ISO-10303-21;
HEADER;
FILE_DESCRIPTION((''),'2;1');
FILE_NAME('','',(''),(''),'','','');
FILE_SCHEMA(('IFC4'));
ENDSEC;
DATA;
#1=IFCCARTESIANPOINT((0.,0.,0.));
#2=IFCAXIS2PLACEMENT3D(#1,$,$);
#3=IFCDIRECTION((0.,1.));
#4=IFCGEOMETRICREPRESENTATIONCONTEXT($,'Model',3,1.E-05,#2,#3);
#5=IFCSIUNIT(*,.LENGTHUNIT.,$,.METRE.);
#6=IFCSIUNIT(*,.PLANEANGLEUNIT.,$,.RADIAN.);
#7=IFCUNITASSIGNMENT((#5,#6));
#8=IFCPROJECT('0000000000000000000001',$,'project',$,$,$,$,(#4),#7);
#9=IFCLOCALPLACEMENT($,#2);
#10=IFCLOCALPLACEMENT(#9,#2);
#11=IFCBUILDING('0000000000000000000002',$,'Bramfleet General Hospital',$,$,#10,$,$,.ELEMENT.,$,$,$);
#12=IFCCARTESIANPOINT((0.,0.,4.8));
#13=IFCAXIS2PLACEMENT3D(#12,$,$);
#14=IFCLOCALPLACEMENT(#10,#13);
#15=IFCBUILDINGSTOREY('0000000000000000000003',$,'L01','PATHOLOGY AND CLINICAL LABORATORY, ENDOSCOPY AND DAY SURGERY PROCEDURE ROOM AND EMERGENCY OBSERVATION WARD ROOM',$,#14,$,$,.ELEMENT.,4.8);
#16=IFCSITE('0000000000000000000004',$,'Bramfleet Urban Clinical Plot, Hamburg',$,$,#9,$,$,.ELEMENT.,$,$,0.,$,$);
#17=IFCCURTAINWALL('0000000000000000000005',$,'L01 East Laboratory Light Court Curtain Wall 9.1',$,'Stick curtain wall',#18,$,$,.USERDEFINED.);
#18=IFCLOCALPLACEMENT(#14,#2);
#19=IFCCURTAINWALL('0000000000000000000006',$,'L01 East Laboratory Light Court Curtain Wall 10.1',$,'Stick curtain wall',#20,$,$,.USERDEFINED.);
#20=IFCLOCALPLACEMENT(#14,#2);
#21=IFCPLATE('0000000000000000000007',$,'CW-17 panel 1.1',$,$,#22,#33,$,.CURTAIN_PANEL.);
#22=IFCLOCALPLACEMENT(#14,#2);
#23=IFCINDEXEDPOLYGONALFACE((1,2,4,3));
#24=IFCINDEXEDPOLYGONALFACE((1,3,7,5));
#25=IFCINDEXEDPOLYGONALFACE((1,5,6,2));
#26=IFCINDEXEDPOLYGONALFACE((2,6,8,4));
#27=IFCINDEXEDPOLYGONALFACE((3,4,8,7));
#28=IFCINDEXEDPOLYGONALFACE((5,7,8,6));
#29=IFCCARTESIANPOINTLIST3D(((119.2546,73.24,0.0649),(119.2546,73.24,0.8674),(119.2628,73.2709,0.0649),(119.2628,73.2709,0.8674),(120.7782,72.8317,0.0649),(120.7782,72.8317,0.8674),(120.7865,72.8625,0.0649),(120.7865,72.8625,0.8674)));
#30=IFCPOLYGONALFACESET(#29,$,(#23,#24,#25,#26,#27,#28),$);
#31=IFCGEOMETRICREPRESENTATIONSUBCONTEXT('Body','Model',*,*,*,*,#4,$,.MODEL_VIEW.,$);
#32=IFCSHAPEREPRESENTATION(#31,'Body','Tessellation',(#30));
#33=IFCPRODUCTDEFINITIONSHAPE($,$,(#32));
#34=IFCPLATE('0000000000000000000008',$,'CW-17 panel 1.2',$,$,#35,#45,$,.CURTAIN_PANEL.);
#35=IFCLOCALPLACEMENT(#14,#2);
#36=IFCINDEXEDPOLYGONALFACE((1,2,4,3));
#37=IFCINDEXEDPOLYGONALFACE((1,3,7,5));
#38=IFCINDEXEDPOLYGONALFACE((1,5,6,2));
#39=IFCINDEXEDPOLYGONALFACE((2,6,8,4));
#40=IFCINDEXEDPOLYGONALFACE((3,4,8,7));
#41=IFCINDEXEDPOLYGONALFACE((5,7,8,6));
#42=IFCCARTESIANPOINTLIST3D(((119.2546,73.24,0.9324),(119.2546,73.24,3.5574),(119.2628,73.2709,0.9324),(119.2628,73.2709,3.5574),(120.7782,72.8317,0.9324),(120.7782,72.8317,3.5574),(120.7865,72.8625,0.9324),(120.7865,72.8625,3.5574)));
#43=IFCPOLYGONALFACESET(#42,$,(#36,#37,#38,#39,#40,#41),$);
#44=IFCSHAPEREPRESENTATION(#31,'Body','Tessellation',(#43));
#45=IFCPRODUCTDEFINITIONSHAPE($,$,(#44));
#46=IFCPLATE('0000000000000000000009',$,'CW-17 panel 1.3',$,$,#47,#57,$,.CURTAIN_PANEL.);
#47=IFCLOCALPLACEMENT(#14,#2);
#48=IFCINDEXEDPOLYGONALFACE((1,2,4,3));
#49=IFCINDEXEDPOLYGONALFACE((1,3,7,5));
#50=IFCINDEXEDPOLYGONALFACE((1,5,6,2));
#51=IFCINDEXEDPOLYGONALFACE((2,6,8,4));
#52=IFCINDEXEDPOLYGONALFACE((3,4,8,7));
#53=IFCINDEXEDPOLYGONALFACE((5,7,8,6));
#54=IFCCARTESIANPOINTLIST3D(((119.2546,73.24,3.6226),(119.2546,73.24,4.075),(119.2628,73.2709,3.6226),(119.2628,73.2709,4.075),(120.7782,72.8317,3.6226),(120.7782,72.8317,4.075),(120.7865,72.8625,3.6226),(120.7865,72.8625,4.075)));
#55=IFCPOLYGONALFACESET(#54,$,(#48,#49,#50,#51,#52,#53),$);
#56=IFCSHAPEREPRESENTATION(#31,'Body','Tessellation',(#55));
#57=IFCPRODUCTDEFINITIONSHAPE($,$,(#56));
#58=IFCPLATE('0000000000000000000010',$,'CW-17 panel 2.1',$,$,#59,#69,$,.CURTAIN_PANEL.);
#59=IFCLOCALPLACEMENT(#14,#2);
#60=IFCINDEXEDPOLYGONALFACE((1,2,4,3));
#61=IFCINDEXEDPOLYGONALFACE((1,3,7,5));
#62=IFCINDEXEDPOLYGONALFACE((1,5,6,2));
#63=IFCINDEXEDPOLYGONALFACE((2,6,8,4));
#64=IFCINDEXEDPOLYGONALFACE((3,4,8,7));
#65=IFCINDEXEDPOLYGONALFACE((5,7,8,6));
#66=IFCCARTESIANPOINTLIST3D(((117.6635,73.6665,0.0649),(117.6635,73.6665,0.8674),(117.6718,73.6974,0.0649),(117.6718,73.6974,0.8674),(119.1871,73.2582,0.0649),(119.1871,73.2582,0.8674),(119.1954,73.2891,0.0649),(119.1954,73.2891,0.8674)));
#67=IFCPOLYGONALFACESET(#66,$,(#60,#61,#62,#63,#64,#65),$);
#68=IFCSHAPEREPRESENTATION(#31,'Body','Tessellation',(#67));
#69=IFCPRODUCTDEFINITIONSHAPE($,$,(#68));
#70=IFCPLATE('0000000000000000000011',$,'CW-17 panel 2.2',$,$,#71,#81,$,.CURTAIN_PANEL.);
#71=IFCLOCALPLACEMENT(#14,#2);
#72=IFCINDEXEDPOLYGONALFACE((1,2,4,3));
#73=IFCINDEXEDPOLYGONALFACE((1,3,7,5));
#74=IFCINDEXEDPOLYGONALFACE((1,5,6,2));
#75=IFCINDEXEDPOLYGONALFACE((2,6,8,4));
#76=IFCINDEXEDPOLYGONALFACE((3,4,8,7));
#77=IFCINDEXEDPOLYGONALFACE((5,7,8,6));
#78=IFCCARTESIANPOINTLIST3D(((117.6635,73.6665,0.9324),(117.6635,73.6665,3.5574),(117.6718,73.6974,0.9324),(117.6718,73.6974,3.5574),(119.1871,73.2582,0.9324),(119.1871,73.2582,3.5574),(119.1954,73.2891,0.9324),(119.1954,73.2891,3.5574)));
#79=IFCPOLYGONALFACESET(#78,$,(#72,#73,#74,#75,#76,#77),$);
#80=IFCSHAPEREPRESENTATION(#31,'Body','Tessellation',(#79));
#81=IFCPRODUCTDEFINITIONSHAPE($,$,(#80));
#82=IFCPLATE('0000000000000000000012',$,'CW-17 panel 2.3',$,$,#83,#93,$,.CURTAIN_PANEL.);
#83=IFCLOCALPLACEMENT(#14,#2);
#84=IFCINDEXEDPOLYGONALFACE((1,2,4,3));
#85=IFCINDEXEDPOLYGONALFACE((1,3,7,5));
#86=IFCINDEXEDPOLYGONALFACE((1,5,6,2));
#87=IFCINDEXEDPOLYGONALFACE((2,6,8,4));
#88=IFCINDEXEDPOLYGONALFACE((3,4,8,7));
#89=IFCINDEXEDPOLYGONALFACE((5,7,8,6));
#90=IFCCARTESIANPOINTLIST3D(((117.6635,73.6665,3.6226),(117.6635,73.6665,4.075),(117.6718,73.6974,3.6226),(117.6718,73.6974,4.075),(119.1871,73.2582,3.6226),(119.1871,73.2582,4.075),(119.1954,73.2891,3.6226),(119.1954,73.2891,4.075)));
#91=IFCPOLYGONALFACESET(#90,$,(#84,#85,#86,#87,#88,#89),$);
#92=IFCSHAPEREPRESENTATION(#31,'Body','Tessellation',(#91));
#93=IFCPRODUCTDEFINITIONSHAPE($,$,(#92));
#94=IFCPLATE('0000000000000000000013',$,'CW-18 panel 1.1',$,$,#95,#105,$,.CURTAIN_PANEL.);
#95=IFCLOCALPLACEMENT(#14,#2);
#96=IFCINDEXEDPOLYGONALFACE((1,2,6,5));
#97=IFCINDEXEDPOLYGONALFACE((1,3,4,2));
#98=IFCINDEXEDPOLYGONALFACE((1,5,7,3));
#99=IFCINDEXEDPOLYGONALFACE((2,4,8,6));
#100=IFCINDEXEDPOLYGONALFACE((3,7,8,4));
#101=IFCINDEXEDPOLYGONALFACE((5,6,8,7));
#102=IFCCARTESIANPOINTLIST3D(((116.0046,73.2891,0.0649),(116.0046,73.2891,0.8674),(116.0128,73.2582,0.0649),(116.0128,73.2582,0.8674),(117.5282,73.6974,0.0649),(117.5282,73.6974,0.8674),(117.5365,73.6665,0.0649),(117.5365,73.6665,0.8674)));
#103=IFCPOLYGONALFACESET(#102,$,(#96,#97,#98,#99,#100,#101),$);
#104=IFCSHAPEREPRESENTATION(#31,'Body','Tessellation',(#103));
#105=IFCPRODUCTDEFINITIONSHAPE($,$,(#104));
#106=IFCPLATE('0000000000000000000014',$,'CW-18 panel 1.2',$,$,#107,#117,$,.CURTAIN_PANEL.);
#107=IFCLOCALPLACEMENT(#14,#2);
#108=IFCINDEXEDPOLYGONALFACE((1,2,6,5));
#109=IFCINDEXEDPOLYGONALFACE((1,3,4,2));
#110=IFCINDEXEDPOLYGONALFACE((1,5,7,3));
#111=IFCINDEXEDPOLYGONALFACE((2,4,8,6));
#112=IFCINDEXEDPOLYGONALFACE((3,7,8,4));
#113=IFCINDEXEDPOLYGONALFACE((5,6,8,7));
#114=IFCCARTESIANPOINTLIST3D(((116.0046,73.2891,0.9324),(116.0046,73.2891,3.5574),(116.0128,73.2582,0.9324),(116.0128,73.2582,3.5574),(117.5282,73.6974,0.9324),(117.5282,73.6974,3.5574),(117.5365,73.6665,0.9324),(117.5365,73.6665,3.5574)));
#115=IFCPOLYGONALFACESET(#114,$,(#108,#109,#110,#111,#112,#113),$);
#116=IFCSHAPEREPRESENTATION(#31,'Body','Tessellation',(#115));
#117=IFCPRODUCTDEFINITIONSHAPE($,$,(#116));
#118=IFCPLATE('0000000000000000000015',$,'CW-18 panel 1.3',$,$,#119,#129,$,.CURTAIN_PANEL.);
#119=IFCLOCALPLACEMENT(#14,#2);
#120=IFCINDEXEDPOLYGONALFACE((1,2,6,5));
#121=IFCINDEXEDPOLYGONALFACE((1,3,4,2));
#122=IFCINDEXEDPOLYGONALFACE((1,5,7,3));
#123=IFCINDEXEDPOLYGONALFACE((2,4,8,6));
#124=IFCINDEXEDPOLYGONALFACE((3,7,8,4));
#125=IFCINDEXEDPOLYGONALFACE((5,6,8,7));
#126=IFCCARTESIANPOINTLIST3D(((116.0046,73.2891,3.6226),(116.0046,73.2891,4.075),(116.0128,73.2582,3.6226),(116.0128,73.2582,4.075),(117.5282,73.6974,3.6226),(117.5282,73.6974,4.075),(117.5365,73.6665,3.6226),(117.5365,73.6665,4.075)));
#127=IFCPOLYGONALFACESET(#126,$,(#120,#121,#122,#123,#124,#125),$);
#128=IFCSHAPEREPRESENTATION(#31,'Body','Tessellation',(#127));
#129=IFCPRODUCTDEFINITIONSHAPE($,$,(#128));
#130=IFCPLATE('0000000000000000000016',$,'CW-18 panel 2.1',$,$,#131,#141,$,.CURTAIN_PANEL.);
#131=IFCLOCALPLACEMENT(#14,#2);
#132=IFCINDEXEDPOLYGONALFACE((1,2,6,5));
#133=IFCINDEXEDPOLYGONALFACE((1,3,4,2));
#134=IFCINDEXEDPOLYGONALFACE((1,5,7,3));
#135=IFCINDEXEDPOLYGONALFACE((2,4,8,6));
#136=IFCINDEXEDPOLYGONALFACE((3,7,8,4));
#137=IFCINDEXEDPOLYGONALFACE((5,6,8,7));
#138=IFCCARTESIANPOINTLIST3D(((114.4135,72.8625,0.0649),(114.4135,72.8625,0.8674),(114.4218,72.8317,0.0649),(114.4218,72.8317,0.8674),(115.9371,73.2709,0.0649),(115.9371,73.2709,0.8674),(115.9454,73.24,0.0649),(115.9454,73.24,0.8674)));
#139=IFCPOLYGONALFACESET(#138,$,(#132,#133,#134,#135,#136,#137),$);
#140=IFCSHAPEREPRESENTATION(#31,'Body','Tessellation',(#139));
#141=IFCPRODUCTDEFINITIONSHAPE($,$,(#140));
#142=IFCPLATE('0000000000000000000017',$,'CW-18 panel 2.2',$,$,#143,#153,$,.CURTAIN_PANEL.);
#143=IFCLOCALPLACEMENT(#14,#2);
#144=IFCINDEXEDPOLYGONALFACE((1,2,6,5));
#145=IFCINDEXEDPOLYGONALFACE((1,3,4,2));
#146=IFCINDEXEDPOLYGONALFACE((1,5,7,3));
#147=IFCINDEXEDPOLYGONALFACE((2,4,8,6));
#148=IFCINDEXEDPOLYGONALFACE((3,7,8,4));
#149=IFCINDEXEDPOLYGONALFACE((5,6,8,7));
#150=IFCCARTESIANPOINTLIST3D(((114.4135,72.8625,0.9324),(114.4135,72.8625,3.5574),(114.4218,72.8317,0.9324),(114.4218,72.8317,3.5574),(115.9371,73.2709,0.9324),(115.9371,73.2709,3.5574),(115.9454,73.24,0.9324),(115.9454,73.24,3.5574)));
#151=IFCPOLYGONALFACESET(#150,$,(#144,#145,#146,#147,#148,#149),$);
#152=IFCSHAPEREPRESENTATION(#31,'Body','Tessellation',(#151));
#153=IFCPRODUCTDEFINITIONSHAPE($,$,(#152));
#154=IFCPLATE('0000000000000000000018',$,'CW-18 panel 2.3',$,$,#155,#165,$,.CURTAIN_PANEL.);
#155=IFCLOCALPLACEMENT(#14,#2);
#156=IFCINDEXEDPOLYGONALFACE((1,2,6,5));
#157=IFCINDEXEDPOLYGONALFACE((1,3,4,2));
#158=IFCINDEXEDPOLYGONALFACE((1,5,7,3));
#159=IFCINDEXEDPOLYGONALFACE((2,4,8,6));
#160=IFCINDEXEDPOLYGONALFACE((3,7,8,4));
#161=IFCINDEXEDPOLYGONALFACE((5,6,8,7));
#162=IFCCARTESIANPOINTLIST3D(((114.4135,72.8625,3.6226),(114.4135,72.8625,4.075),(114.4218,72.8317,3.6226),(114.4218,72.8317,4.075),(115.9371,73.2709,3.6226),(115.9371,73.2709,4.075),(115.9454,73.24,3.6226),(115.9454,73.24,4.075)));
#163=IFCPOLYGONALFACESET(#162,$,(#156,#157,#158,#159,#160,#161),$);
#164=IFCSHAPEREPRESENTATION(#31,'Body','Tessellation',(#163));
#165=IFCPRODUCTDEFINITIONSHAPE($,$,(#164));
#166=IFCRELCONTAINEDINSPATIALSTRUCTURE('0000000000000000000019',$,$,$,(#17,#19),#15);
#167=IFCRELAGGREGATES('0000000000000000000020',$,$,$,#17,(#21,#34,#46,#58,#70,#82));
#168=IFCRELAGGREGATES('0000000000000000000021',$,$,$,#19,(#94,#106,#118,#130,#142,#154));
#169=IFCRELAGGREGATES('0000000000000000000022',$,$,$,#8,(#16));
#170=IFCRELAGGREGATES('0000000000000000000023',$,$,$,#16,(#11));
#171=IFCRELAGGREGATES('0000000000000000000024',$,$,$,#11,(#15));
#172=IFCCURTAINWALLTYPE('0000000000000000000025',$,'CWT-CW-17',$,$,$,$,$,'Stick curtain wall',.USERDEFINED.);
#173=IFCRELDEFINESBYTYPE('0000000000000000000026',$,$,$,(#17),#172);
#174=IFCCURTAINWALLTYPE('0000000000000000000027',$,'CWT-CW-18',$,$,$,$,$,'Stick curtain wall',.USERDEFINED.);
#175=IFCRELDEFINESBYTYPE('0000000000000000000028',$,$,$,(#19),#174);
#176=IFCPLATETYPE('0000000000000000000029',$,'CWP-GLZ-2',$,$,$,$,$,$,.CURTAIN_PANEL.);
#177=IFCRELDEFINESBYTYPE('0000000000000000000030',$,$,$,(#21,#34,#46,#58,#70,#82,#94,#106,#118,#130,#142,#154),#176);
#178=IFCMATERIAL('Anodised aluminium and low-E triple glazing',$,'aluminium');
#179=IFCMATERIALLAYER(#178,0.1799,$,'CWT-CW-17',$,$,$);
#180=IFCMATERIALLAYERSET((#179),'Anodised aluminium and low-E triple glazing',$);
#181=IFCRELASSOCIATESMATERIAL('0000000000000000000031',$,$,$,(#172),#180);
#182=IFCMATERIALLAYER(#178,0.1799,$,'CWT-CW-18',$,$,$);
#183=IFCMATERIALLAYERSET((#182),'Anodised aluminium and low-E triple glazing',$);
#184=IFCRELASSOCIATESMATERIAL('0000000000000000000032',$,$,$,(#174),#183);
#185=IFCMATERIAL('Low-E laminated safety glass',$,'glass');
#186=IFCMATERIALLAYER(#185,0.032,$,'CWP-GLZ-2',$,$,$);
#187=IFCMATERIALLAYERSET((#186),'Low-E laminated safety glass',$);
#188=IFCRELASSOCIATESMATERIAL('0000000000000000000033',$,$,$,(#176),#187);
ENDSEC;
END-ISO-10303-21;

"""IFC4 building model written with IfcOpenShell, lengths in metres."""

from ifc_helpers import new_model, si_unit, direction, frame, origin, origin_2d, place, context, subcontext, project, spatial, rectangle, extrude, material, layer, layer_set, type_object, element, aggregate, save


model = new_model("IFC4")

# Units and contexts
model_context = context("Model", 3, precision=1e-05, world=origin(), true_north=direction((0.0, 1.0)))
body_context = subcontext(model_context, "Body", "Model", "MODEL_VIEW")
ifc_project = project(units=[si_unit("LENGTHUNIT", "METRE"), si_unit("PLANEANGLEUNIT", "RADIAN")], contexts=[model_context])

# Site, building, storey
site_placement = place(None, origin())
site = spatial("IfcSite", under=ifc_project, at=site_placement, Name="Bramfleet Urban Clinical Plot, Hamburg", CompositionType="ELEMENT", RefElevation=0.0)
building_placement = place(site_placement, origin())
building = spatial("IfcBuilding", under=site, at=building_placement, Name="Bramfleet General Hospital", CompositionType="ELEMENT")
storey_placement = place(building_placement, frame((0.0, 0.0, 4.8)))
storey = spatial("IfcBuildingStorey", under=building, at=storey_placement, Name="L01", Description="PATHOLOGY AND CLINICAL LABORATORY, ENDOSCOPY AND DAY SURGERY PROCEDURE ROOM AND EMERGENCY OBSERVATION WARD ROOM", CompositionType="ELEMENT", Elevation=4.8)

# Curtain walls
ifc_material_1 = material(Name="Anodised aluminium and low-E triple glazing", Category="aluminium")
ifc_layer_1 = layer(ifc_material_1, 0.1799, Name="CWT-CW-17")
ifc_layer_set_1 = layer_set([ifc_layer_1], Name="Anodised aluminium and low-E triple glazing")
curtain_wall_type_1 = type_object("IfcCurtainWallType", Name="CWT-CW-17", ElementType="Stick curtain wall", PredefinedType="USERDEFINED", material=ifc_layer_set_1)
curtain_wall_1_placement = place(storey_placement, origin())
curtain_wall_1 = element("IfcCurtainWall", 1, at=curtain_wall_1_placement, inside=storey, type_object=curtain_wall_type_1, Name="L01 East Laboratory Light Court Curtain Wall 9.1", ObjectType="Stick curtain wall", PredefinedType="USERDEFINED")
ifc_layer_2 = layer(ifc_material_1, 0.1799, Name="CWT-CW-18")
ifc_layer_set_2 = layer_set([ifc_layer_2], Name="Anodised aluminium and low-E triple glazing")
curtain_wall_type_2 = type_object("IfcCurtainWallType", Name="CWT-CW-18", ElementType="Stick curtain wall", PredefinedType="USERDEFINED", material=ifc_layer_set_2)
curtain_wall_2_placement = place(storey_placement, origin())
curtain_wall_2 = element("IfcCurtainWall", 2, at=curtain_wall_2_placement, inside=storey, type_object=curtain_wall_type_2, Name="L01 East Laboratory Light Court Curtain Wall 10.1", ObjectType="Stick curtain wall", PredefinedType="USERDEFINED")

# Plates
ifc_material_2 = material(Name="Low-E laminated safety glass", Category="glass")
ifc_layer_3 = layer(ifc_material_2, 0.032, Name="CWP-GLZ-2")
ifc_layer_set_3 = layer_set([ifc_layer_3], Name="Low-E laminated safety glass")
plate_type = type_object("IfcPlateType", Name="CWP-GLZ-2", PredefinedType="CURTAIN_PANEL", material=ifc_layer_set_3)
plate_1_placement = place(storey_placement, frame((120.0205, 73.0513, 0.0649), z_axis=(0.0, 0.0, 1.0), x_axis=(-0.965914, 0.258865, 0.0)))
plate_1 = element("IfcPlate", 3, at=plate_1_placement, type_object=plate_type, Name="CW-17 panel 1.1", PredefinedType="CURTAIN_PANEL", context=body_context, shape_type="SweptSolid", body=[
    extrude(rectangle(XDim=1.5774, YDim=0.032, at=origin_2d()), origin(), (0.0, 0.0, 1.0), 0.8025),
])
plate_2_placement = place(storey_placement, frame((120.0205, 73.0513, 0.9324), z_axis=(0.0, 0.0, 1.0), x_axis=(-0.965914, 0.258865, 0.0)))
plate_2 = element("IfcPlate", 4, at=plate_2_placement, type_object=plate_type, Name="CW-17 panel 1.2", PredefinedType="CURTAIN_PANEL", context=body_context, shape_type="SweptSolid", body=[
    extrude(rectangle(XDim=1.5774, YDim=0.032, at=origin_2d()), origin(), (0.0, 0.0, 1.0), 2.625),
])
plate_3_placement = place(storey_placement, frame((120.0205, 73.0513, 3.6226), z_axis=(0.0, 0.0, 1.0), x_axis=(-0.965914, 0.258865, 0.0)))
plate_3 = element("IfcPlate", 5, at=plate_3_placement, type_object=plate_type, Name="CW-17 panel 1.3", PredefinedType="CURTAIN_PANEL", context=body_context, shape_type="SweptSolid", body=[
    extrude(rectangle(XDim=1.5774, YDim=0.032, at=origin_2d()), origin(), (0.0, 0.0, 1.0), 0.4524),
])
plate_4_placement = place(storey_placement, frame((118.4294, 73.4778, 0.0649), z_axis=(0.0, 0.0, 1.0), x_axis=(-0.965914, 0.258865, 0.0)))
plate_4 = element("IfcPlate", 6, at=plate_4_placement, type_object=plate_type, Name="CW-17 panel 2.1", PredefinedType="CURTAIN_PANEL", context=body_context, shape_type="SweptSolid", body=[
    extrude(rectangle(XDim=1.5774, YDim=0.032, at=origin_2d()), origin(), (0.0, 0.0, 1.0), 0.8025),
])
plate_5_placement = place(storey_placement, frame((118.4294, 73.4778, 0.9324), z_axis=(0.0, 0.0, 1.0), x_axis=(-0.965914, 0.258865, 0.0)))
plate_5 = element("IfcPlate", 7, at=plate_5_placement, type_object=plate_type, Name="CW-17 panel 2.2", PredefinedType="CURTAIN_PANEL", context=body_context, shape_type="SweptSolid", body=[
    extrude(rectangle(XDim=1.5774, YDim=0.032, at=origin_2d()), origin(), (0.0, 0.0, 1.0), 2.625),
])
plate_6_placement = place(storey_placement, frame((118.4294, 73.4778, 3.6226), z_axis=(0.0, 0.0, 1.0), x_axis=(-0.965914, 0.258865, 0.0)))
plate_6 = element("IfcPlate", 8, at=plate_6_placement, type_object=plate_type, Name="CW-17 panel 2.3", PredefinedType="CURTAIN_PANEL", context=body_context, shape_type="SweptSolid", body=[
    extrude(rectangle(XDim=1.5774, YDim=0.032, at=origin_2d()), origin(), (0.0, 0.0, 1.0), 0.4524),
])
aggregate(curtain_wall_1, [plate_1, plate_2, plate_3, plate_4, plate_5, plate_6])
plate_7_placement = place(storey_placement, frame((116.7705, 73.4778, 0.0649), z_axis=(0.0, 0.0, 1.0), x_axis=(-0.965914, -0.258865, 0.0)))
plate_7 = element("IfcPlate", 9, at=plate_7_placement, type_object=plate_type, Name="CW-18 panel 1.1", PredefinedType="CURTAIN_PANEL", context=body_context, shape_type="SweptSolid", body=[
    extrude(rectangle(XDim=1.5774, YDim=0.032, at=origin_2d()), origin(), (0.0, 0.0, 1.0), 0.8025),
])
plate_8_placement = place(storey_placement, frame((116.7705, 73.4778, 0.9324), z_axis=(0.0, 0.0, 1.0), x_axis=(-0.965914, -0.258865, 0.0)))
plate_8 = element("IfcPlate", 10, at=plate_8_placement, type_object=plate_type, Name="CW-18 panel 1.2", PredefinedType="CURTAIN_PANEL", context=body_context, shape_type="SweptSolid", body=[
    extrude(rectangle(XDim=1.5774, YDim=0.032, at=origin_2d()), origin(), (0.0, 0.0, 1.0), 2.625),
])
plate_9_placement = place(storey_placement, frame((116.7705, 73.4778, 3.6226), z_axis=(0.0, 0.0, 1.0), x_axis=(-0.965914, -0.258865, 0.0)))
plate_9 = element("IfcPlate", 11, at=plate_9_placement, type_object=plate_type, Name="CW-18 panel 1.3", PredefinedType="CURTAIN_PANEL", context=body_context, shape_type="SweptSolid", body=[
    extrude(rectangle(XDim=1.5774, YDim=0.032, at=origin_2d()), origin(), (0.0, 0.0, 1.0), 0.4524),
])
plate_10_placement = place(storey_placement, frame((115.1794, 73.0513, 0.0649), z_axis=(0.0, 0.0, 1.0), x_axis=(-0.965914, -0.258865, 0.0)))
plate_10 = element("IfcPlate", 12, at=plate_10_placement, type_object=plate_type, Name="CW-18 panel 2.1", PredefinedType="CURTAIN_PANEL", context=body_context, shape_type="SweptSolid", body=[
    extrude(rectangle(XDim=1.5774, YDim=0.032, at=origin_2d()), origin(), (0.0, 0.0, 1.0), 0.8025),
])
plate_11_placement = place(storey_placement, frame((115.1794, 73.0513, 0.9324), z_axis=(0.0, 0.0, 1.0), x_axis=(-0.965914, -0.258865, 0.0)))
plate_11 = element("IfcPlate", 13, at=plate_11_placement, type_object=plate_type, Name="CW-18 panel 2.2", PredefinedType="CURTAIN_PANEL", context=body_context, shape_type="SweptSolid", body=[
    extrude(rectangle(XDim=1.5774, YDim=0.032, at=origin_2d()), origin(), (0.0, 0.0, 1.0), 2.625),
])
plate_12_placement = place(storey_placement, frame((115.1794, 73.0513, 3.6226), z_axis=(0.0, 0.0, 1.0), x_axis=(-0.965914, -0.258865, 0.0)))
plate_12 = element("IfcPlate", 14, at=plate_12_placement, type_object=plate_type, Name="CW-18 panel 2.3", PredefinedType="CURTAIN_PANEL", context=body_context, shape_type="SweptSolid", body=[
    extrude(rectangle(XDim=1.5774, YDim=0.032, at=origin_2d()), origin(), (0.0, 0.0, 1.0), 0.4524),
])
aggregate(curtain_wall_2, [plate_7, plate_8, plate_9, plate_10, plate_11, plate_12])

save(model, "model.ifc")
